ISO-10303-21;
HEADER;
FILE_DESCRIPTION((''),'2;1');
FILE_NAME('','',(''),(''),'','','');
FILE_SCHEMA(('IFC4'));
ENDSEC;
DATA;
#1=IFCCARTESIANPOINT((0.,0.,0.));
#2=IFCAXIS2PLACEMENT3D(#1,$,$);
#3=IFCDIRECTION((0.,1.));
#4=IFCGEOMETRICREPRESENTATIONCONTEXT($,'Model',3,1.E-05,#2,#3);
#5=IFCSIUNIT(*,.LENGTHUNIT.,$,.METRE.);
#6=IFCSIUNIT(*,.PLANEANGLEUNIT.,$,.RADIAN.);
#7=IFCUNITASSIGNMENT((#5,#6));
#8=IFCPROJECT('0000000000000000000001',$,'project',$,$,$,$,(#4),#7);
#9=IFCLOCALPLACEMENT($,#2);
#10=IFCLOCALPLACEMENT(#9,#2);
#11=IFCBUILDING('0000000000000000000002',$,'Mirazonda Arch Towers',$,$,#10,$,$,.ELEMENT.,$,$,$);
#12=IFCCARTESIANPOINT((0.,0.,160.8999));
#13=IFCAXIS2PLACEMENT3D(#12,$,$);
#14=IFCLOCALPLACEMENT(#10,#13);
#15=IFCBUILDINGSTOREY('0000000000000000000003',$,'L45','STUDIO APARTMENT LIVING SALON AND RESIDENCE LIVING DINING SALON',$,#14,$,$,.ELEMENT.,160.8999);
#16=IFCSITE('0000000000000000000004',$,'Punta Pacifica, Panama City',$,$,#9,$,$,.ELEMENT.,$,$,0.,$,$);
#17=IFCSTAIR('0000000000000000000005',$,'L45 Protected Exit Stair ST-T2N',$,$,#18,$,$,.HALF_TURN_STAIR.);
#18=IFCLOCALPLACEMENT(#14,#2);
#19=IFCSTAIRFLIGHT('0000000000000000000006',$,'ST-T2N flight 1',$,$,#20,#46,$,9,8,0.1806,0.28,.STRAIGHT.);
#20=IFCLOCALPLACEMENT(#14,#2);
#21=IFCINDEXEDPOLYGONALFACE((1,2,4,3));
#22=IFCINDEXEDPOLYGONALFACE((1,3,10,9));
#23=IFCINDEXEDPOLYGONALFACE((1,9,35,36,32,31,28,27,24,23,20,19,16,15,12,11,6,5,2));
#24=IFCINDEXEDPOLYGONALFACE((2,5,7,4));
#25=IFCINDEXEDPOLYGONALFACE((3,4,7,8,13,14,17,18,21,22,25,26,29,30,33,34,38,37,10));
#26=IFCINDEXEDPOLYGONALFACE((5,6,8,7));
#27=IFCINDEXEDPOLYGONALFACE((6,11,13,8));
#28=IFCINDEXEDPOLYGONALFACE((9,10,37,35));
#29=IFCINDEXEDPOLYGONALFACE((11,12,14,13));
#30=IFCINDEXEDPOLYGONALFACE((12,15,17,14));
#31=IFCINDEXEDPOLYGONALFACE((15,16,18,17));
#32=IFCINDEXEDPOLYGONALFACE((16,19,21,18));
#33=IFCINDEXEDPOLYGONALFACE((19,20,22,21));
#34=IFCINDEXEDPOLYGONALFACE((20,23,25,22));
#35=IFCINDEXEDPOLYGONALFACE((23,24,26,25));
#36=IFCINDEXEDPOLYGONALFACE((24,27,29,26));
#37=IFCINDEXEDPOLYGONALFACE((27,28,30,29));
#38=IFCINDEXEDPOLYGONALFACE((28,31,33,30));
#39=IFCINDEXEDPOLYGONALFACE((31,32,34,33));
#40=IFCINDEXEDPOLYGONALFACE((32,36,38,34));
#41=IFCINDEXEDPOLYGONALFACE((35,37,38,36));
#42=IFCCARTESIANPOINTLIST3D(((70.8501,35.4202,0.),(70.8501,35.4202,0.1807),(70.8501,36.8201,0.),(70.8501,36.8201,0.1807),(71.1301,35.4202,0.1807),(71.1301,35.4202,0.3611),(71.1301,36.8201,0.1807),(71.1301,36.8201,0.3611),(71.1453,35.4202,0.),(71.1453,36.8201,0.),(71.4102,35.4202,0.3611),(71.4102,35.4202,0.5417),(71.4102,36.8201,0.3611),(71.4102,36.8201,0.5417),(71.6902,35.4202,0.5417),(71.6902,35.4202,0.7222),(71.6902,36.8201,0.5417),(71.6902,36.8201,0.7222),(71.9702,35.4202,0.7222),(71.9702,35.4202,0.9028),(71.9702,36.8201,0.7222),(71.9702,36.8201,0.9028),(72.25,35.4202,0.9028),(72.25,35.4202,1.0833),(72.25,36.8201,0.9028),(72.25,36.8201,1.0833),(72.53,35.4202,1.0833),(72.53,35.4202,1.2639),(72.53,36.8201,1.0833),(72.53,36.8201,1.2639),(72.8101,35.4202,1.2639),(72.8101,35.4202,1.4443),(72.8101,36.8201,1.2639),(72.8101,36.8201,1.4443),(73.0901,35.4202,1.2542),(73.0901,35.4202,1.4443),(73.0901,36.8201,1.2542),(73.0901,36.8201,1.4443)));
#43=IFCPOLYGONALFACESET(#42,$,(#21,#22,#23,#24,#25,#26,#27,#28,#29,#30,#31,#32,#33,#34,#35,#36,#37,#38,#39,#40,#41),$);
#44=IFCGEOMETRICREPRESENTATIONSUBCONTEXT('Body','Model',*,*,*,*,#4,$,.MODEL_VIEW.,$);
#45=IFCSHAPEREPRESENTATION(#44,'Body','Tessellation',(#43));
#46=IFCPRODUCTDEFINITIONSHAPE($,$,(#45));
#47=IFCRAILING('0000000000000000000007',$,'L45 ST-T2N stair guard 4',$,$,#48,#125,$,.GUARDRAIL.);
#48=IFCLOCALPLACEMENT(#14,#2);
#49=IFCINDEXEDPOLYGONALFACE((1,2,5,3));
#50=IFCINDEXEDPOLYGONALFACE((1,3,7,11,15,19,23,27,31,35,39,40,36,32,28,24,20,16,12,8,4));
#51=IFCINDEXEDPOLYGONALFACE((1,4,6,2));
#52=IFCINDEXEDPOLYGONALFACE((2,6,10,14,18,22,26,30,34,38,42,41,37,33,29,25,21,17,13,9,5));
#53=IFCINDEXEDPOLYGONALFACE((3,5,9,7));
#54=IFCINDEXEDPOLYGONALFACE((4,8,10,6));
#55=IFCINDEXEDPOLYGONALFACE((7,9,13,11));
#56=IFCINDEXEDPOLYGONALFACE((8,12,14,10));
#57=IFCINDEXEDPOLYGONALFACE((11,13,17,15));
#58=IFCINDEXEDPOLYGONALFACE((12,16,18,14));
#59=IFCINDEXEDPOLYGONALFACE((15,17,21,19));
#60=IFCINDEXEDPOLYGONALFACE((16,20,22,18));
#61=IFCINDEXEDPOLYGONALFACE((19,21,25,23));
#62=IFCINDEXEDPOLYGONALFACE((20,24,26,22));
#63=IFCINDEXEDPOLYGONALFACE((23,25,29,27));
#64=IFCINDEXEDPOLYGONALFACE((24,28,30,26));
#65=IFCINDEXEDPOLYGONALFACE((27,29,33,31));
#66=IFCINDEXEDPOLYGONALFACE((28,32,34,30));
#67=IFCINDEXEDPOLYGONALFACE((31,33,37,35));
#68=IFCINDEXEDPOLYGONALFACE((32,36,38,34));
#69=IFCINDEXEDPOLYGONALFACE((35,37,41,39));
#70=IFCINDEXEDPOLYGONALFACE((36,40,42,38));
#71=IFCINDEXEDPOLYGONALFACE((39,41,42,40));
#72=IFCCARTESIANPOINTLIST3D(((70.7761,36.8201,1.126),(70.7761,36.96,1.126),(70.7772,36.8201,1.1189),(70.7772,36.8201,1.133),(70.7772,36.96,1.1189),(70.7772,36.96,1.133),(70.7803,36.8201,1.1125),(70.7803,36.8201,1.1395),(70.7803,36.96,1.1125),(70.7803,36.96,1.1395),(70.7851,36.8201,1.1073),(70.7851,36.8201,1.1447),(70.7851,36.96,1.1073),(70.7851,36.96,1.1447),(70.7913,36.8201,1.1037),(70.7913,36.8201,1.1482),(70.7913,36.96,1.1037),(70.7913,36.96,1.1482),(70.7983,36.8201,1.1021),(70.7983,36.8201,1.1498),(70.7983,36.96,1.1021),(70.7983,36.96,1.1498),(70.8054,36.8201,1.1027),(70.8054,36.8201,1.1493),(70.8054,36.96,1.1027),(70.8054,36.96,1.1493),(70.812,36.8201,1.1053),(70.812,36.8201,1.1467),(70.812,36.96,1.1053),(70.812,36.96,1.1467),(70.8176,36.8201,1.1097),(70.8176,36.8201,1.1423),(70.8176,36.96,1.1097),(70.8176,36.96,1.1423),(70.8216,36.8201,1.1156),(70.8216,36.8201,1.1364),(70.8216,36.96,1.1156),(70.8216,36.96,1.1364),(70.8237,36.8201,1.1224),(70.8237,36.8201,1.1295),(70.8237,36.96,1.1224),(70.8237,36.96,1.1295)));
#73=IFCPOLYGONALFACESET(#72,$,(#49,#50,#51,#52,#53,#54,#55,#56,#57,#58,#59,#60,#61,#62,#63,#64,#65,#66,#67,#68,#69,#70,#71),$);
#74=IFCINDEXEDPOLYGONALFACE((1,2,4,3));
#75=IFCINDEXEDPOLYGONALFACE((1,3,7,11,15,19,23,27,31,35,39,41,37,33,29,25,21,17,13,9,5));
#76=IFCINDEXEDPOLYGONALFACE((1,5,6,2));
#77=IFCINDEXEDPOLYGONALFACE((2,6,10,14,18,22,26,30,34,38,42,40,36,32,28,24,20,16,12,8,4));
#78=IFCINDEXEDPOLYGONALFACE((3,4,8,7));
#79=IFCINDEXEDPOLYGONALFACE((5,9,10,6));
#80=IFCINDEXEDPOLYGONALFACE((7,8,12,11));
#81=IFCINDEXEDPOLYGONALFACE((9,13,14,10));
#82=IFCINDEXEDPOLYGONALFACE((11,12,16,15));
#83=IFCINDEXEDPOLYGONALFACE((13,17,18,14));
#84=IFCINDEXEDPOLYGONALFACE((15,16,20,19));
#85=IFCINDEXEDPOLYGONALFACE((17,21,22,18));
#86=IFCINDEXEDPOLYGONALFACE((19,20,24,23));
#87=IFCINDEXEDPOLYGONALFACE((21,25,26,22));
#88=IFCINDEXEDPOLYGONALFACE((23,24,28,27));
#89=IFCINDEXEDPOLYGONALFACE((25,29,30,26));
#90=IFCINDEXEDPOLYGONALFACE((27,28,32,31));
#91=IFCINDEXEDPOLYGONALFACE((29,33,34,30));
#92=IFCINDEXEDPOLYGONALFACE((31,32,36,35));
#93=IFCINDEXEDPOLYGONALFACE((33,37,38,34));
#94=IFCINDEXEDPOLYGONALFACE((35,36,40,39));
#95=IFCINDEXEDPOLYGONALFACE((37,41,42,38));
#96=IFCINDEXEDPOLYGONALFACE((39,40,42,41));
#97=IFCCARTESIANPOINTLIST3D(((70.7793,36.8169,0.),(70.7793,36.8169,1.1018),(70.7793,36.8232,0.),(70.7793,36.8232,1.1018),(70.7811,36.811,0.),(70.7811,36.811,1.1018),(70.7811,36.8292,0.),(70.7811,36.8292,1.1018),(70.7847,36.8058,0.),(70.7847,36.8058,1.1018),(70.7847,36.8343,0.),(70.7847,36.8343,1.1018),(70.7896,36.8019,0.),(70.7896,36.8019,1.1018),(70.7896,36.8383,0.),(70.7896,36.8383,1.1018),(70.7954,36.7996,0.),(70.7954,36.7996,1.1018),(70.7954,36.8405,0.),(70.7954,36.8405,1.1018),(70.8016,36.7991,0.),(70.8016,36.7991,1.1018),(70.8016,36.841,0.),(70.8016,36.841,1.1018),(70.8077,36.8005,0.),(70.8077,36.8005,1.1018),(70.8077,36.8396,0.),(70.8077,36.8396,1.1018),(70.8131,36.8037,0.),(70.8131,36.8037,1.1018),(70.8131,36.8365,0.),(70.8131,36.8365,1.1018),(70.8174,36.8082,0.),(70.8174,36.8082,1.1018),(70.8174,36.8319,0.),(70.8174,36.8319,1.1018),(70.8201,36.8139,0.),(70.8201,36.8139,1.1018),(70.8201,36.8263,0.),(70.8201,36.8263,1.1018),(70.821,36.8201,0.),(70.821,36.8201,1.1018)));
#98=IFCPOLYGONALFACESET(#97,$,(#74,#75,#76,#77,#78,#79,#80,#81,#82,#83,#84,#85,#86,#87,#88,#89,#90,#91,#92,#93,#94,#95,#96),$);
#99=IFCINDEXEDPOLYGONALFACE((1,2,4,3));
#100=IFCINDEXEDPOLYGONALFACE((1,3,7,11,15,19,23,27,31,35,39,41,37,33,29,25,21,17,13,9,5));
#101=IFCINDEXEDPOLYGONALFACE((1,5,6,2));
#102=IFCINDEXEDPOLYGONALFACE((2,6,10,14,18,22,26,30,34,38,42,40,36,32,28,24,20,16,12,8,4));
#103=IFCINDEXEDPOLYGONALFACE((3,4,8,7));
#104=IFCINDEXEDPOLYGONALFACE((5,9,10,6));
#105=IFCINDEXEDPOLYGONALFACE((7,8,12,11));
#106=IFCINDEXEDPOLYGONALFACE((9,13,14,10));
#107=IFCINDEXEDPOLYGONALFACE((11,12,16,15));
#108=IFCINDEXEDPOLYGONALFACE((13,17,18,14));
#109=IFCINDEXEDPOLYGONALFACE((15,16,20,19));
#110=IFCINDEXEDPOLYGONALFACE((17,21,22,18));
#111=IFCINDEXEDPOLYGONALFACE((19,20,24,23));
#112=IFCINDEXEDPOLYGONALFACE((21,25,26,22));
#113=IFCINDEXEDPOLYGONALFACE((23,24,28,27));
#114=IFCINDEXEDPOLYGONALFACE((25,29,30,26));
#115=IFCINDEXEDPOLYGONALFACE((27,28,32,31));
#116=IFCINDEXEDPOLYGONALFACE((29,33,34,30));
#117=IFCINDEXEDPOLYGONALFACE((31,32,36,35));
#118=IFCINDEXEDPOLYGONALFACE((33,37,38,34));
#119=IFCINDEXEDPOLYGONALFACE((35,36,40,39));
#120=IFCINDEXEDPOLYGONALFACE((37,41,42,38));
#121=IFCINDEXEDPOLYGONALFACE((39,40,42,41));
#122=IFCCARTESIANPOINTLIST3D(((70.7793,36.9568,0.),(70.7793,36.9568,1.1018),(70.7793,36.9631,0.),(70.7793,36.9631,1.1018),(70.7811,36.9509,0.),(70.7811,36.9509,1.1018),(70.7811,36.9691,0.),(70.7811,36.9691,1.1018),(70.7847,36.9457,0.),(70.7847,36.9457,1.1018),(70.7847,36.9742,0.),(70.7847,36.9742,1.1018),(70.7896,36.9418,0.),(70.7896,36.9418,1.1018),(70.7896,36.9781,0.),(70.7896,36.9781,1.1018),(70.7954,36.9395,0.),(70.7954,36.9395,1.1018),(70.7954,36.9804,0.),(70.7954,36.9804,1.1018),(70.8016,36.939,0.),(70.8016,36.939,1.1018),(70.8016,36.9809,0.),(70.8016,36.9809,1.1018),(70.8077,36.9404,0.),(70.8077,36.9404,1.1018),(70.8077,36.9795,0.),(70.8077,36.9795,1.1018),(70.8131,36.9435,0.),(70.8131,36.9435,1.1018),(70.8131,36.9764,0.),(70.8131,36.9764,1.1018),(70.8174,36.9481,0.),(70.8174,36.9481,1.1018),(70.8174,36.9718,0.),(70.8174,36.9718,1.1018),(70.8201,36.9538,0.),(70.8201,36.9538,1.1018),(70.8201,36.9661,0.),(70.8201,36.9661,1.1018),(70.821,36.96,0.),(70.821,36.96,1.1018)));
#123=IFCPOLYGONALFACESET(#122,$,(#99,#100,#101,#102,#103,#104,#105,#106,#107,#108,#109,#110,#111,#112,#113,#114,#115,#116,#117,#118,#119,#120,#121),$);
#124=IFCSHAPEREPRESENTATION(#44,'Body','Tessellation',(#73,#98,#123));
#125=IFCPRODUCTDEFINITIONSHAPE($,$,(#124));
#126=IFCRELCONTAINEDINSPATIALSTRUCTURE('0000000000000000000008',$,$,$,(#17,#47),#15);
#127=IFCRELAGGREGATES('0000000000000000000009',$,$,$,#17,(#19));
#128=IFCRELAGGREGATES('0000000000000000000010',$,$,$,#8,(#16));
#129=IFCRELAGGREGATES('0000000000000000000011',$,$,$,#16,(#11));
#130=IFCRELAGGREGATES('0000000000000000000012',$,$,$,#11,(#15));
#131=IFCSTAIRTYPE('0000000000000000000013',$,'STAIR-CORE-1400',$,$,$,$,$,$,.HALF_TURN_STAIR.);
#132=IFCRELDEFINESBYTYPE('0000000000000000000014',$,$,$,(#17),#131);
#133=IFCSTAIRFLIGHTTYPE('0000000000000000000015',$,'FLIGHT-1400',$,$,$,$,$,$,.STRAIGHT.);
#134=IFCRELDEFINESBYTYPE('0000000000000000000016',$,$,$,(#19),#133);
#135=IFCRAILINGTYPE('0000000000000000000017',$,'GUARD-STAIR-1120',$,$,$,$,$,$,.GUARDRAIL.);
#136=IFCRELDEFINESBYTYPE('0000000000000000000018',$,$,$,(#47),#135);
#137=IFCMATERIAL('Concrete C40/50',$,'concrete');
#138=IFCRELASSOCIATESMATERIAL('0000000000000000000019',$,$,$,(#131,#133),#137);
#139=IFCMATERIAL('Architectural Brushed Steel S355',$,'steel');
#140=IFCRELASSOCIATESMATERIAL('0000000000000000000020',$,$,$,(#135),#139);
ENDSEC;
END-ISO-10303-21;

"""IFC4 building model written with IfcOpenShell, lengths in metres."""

from ifc_helpers import new_model, si_unit, direction, frame, origin, origin_2d, place, context, subcontext, project, spatial, polyline, circle, outline, extrude, material, type_object, element, aggregate, save


model = new_model("IFC4")

# Units and contexts
model_context = context("Model", 3, precision=1e-05, world=origin(), true_north=direction((0.0, 1.0)))
body_context = subcontext(model_context, "Body", "Model", "MODEL_VIEW")
ifc_project = project(units=[si_unit("LENGTHUNIT", "METRE"), si_unit("PLANEANGLEUNIT", "RADIAN")], contexts=[model_context])

# Site, building, storey
site_placement = place(None, origin())
site = spatial("IfcSite", under=ifc_project, at=site_placement, Name="Punta Pacifica, Panama City", CompositionType="ELEMENT", RefElevation=0.0)
building_placement = place(site_placement, origin())
building = spatial("IfcBuilding", under=site, at=building_placement, Name="Mirazonda Arch Towers", CompositionType="ELEMENT")
storey_placement = place(building_placement, frame((0.0, 0.0, 160.8999)))
storey = spatial("IfcBuildingStorey", under=building, at=storey_placement, Name="L45", Description="STUDIO APARTMENT LIVING SALON AND RESIDENCE LIVING DINING SALON", CompositionType="ELEMENT", Elevation=160.8999)

# Shared definitions
ifc_material_1 = material(Name="Architectural Brushed Steel S355", Category="steel")

# Stair, stair flight
ifc_material_2 = material(Name="Concrete C40/50", Category="concrete")
stair_type = type_object("IfcStairType", Name="STAIR-CORE-1400", PredefinedType="HALF_TURN_STAIR", material=ifc_material_2)
stair_placement = place(storey_placement, origin())
stair = element("IfcStair", 1, at=stair_placement, inside=storey, type_object=stair_type, Name="L45 Protected Exit Stair ST-T2N", PredefinedType="HALF_TURN_STAIR")
stair_flight_type = type_object("IfcStairFlightType", Name="FLIGHT-1400", PredefinedType="STRAIGHT", material=ifc_material_2)
stair_flight_placement = place(storey_placement, frame((70.8501, 36.1201, 0.0), z_axis=(0.0, 0.0, 1.0), x_axis=(1.0, 0.0, 0.0)))
stair_flight = element("IfcStairFlight", 2, at=stair_flight_placement, type_object=stair_flight_type, Name="ST-T2N flight 1", NumberOfRisers=9, NumberOfTreads=8, PredefinedType="STRAIGHT", RiserHeight=0.1806, TreadLength=0.28, context=body_context, shape_type="SweptSolid", body=[
    extrude(outline(polyline([(0.0, 0.0), (0.0, 0.1807), (0.28, 0.1807), (0.28, 0.3611), (0.5601, 0.3611), (0.5601, 0.5417), (0.8401, 0.5417), (0.8401, 0.7222), (1.1201, 0.7222), (1.1201, 0.9028), (1.3999, 0.9028), (1.3999, 1.0833), (1.6799, 1.0833), (1.6799, 1.2639), (1.96, 1.2639), (1.96, 1.4443), (2.24, 1.4443), (2.24, 1.625), (2.24, 1.2542), (0.2952, 0.0), (0.0, 0.0)])), frame((0.0, 0.7, 0.0), z_axis=(0.0, -1.0, 0.0), x_axis=(1.0, 0.0, 0.0)), (0.0, 0.0, 1.0), 1.3999),
])
aggregate(stair, [stair_flight])

# Railing
railing_type = type_object("IfcRailingType", Name="GUARD-STAIR-1120", PredefinedType="GUARDRAIL", material=ifc_material_1)
railing_placement = place(storey_placement, frame((70.8, 36.8201, 0.0)))
element("IfcRailing", 3, at=railing_placement, inside=storey, type_object=railing_type, Name="L45 ST-T2N stair guard 4", PredefinedType="GUARDRAIL", context=body_context, shape_type="SweptSolid", body=[
    extrude(circle(Radius=0.0239, at=origin_2d()), frame((0.0, 0.0, 1.126), z_axis=(0.0, 1.0, 0.0), x_axis=(-1.0, 0.0, 0.0)), (0.0, 0.0, 1.0), 0.1399),
    extrude(circle(Radius=0.021, at=origin_2d()), origin(), (0.0, 0.0, 1.0), 1.1018),
    extrude(circle(Radius=0.021, at=origin_2d()), frame((0.0, 0.1399, 0.0)), (0.0, 0.0, 1.0), 1.1018),
])

save(model, "model.ifc")
